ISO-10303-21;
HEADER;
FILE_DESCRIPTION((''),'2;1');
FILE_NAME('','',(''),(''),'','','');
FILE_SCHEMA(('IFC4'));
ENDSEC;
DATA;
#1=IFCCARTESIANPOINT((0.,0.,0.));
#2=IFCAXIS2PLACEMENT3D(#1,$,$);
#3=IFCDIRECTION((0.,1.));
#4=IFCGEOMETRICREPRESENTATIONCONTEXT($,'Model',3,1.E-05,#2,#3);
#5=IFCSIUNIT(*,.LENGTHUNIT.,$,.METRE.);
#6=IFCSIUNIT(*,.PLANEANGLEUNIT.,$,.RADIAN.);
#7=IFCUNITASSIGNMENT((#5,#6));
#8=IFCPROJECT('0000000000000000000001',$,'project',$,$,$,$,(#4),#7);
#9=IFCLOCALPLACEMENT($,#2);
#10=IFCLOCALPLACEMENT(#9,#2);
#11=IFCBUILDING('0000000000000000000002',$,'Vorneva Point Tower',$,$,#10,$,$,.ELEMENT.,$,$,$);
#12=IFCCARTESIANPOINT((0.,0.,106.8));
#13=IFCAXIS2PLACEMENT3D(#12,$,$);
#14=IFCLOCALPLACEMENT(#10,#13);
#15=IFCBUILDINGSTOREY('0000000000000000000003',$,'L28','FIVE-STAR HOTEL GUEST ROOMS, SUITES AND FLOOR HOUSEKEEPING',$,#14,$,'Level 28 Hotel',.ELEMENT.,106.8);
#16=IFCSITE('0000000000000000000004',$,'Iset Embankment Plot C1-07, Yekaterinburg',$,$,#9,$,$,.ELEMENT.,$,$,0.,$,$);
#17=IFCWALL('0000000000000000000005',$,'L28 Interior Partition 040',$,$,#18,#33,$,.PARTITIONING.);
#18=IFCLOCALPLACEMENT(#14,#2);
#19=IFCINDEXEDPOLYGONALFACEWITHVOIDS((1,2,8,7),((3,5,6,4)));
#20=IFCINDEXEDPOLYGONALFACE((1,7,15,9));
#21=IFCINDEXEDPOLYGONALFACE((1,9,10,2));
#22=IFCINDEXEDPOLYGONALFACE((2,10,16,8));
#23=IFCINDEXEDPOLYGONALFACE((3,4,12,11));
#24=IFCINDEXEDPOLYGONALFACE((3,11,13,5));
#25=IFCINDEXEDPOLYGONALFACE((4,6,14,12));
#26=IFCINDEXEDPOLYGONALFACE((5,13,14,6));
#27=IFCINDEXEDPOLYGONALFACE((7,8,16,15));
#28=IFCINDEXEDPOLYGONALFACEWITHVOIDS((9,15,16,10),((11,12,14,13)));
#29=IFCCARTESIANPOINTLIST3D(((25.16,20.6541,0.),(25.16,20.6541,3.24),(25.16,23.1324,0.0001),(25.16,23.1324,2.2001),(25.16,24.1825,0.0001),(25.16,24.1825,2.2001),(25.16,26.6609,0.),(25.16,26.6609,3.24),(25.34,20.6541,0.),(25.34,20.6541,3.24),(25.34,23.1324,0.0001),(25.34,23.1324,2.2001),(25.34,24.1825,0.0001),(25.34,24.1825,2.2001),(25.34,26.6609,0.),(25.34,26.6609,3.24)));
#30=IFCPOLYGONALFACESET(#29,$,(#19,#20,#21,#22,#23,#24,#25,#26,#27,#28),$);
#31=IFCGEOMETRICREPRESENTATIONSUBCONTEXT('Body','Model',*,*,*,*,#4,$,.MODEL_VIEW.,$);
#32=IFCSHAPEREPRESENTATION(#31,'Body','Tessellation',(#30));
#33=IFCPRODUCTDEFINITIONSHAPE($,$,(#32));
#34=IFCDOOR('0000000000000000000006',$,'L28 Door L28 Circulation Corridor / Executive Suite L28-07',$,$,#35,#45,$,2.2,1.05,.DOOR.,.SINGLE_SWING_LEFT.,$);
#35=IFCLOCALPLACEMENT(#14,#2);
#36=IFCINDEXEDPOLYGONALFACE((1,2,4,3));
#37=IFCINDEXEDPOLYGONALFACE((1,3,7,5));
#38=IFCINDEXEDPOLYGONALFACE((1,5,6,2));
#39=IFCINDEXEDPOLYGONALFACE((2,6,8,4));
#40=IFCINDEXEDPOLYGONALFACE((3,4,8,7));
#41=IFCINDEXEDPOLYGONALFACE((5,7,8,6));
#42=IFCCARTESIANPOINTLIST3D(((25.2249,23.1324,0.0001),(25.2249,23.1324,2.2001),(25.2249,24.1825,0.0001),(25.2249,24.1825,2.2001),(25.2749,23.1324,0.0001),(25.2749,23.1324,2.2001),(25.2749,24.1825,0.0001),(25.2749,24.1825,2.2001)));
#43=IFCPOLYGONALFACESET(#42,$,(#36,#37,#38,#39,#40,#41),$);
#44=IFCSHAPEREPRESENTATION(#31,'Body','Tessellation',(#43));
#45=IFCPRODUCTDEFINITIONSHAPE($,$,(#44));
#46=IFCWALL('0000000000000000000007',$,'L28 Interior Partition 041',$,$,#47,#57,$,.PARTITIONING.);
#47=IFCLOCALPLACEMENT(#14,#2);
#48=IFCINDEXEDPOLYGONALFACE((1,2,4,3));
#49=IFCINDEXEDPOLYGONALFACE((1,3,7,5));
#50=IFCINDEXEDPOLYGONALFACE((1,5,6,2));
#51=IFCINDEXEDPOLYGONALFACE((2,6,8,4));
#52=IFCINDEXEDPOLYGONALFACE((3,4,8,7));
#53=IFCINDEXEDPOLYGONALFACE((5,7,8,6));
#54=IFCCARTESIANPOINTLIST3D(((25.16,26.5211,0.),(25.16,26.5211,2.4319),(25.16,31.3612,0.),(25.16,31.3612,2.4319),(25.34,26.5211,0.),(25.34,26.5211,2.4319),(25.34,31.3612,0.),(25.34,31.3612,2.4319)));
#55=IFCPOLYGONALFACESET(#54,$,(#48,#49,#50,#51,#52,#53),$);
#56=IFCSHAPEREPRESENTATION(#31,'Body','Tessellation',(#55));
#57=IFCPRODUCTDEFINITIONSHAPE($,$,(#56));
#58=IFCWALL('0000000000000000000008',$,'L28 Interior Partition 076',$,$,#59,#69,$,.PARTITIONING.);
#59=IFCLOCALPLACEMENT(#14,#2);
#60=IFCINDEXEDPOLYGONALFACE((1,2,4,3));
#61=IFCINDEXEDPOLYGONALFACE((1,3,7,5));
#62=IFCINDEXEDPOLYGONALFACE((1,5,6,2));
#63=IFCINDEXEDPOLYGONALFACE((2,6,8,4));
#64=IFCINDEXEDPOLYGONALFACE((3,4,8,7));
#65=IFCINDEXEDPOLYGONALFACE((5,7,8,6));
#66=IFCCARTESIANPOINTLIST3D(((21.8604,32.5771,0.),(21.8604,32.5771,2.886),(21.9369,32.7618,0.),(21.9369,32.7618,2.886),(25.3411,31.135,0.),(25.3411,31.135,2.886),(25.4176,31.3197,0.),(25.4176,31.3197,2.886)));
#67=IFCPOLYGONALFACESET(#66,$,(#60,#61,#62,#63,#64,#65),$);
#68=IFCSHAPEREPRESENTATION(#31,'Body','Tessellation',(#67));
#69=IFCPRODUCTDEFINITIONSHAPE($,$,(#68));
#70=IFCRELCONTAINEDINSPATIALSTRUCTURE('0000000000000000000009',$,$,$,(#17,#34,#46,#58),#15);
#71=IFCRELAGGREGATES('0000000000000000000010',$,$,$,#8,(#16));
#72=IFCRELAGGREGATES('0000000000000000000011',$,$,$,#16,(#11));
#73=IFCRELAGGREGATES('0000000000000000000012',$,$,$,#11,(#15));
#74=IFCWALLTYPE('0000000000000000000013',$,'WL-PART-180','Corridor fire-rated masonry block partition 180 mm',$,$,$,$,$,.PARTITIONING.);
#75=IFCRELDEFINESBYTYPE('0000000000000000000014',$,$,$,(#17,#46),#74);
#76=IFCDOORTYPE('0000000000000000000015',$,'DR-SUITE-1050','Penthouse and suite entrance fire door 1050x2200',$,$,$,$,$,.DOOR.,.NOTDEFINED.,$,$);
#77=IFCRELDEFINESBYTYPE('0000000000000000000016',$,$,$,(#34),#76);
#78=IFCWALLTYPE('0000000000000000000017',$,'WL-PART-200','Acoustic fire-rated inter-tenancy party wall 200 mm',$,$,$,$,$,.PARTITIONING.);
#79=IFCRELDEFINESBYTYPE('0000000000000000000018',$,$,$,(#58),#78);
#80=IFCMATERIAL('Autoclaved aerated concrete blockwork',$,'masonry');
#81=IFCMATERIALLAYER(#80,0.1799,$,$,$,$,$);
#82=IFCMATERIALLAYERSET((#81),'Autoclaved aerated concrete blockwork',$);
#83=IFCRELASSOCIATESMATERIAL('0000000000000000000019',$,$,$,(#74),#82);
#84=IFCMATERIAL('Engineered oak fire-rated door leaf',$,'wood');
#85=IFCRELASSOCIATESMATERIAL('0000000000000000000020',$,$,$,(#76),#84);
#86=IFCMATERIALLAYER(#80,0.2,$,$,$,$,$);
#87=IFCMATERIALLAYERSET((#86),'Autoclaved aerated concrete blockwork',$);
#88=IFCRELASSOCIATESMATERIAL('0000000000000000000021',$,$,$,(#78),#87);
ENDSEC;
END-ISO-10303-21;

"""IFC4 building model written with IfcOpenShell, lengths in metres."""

from ifc_helpers import new_model, si_unit, direction, frame, frame_2d, origin, place, context, subcontext, project, spatial, rectangle, extrude, material, layer, layer_set, type_object, element, fill, save


model = new_model("IFC4")

# Units and contexts
model_context = context("Model", 3, precision=1e-05, world=origin(), true_north=direction((0.0, 1.0)))
body_context = subcontext(model_context, "Body", "Model", "MODEL_VIEW")
ifc_project = project(units=[si_unit("LENGTHUNIT", "METRE"), si_unit("PLANEANGLEUNIT", "RADIAN")], contexts=[model_context])

# Site, building, storey
site_placement = place(None, origin())
site = spatial("IfcSite", under=ifc_project, at=site_placement, Name="Iset Embankment Plot C1-07, Yekaterinburg", CompositionType="ELEMENT", RefElevation=0.0)
building_placement = place(site_placement, origin())
building = spatial("IfcBuilding", under=site, at=building_placement, Name="Vorneva Point Tower", CompositionType="ELEMENT")
storey_placement = place(building_placement, frame((0.0, 0.0, 106.8)))
storey = spatial("IfcBuildingStorey", under=building, at=storey_placement, Name="L28", Description="FIVE-STAR HOTEL GUEST ROOMS, SUITES AND FLOOR HOUSEKEEPING", LongName="Level 28 Hotel", CompositionType="ELEMENT", Elevation=106.8)

# Shared definitions
ifc_material_1 = material(Name="Engineered oak fire-rated door leaf", Category="wood")

# Wall, opening, door
ifc_material_2 = material(Name="Autoclaved aerated concrete blockwork", Category="masonry")
ifc_layer_1 = layer(ifc_material_2, 0.1799)
ifc_layer_set_1 = layer_set([ifc_layer_1], Name="Autoclaved aerated concrete blockwork")
wall_type_1 = type_object("IfcWallType", Name="WL-PART-180", Description="Corridor fire-rated masonry block partition 180 mm", PredefinedType="PARTITIONING", material=ifc_layer_set_1)
wall_1_placement = place(storey_placement, frame((25.25, 26.6609, 0.0), z_axis=(0.0, 0.0, 1.0), x_axis=(0.0, -1.0, 0.0)))
wall_1 = element("IfcWall", 1, at=wall_1_placement, inside=storey, type_object=wall_type_1, Name="L28 Interior Partition 040", PredefinedType="PARTITIONING", context=body_context, shape_type="SweptSolid", body=[
    extrude(rectangle(XDim=6.0068, YDim=0.1799, at=frame_2d((3.0034, 0.0))), origin(), (0.0, 0.0, 1.0), 3.24),
])
opening_1_placement = place(wall_1_placement, frame((2.4785, 0.0, 0.0)))
opening_1 = element("IfcOpeningElement", 2, at=opening_1_placement, cuts=wall_1, PredefinedType="OPENING", context=body_context, shape_type="SweptSolid", body=[
    extrude(rectangle(XDim=1.05, YDim=2.2, at=frame_2d((0.5249, 1.1001))), frame((0.0, 0.105, 0.0), z_axis=(0.0, -1.0, 0.0), x_axis=(1.0, 0.0, 0.0)), (0.0, 0.0, 1.0), 0.2097),
])
door_type_1 = type_object("IfcDoorType", Name="DR-SUITE-1050", Description="Penthouse and suite entrance fire door 1050x2200", OperationType="NOTDEFINED", PredefinedType="DOOR", material=ifc_material_1)
door_1_placement = place(opening_1_placement, origin())
door_1 = element("IfcDoor", 3, at=door_1_placement, inside=storey, type_object=door_type_1, Name="L28 Door L28 Circulation Corridor / Executive Suite L28-07", OperationType="SINGLE_SWING_LEFT", OverallHeight=2.2, OverallWidth=1.05, PredefinedType="DOOR", context=body_context, shape_type="SweptSolid", body=[
    extrude(rectangle(XDim=1.05, YDim=2.2, at=frame_2d((0.5249, 1.1001))), frame((0.0, 0.0249, 0.0), z_axis=(0.0, -1.0, 0.0), x_axis=(1.0, 0.0, 0.0)), (0.0, 0.0, 1.0), 0.05),
])
fill(opening_1, door_1)

# Walls
wall_2_placement = place(storey_placement, frame((25.25, 31.3611, 0.0), z_axis=(0.0, 0.0, 1.0), x_axis=(0.0, -1.0, 0.0)))
element("IfcWall", 4, at=wall_2_placement, inside=storey, type_object=wall_type_1, Name="L28 Interior Partition 041", PredefinedType="PARTITIONING", context=body_context, shape_type="SweptSolid", body=[
    extrude(rectangle(XDim=4.8401, YDim=0.1799, at=frame_2d((2.4199, 0.0))), origin(), (0.0, 0.0, 1.0), 2.4319),
])
ifc_layer_2 = layer(ifc_material_2, 0.2)
ifc_layer_set_2 = layer_set([ifc_layer_2], Name="Autoclaved aerated concrete blockwork")
wall_type_2 = type_object("IfcWallType", Name="WL-PART-200", Description="Acoustic fire-rated inter-tenancy party wall 200 mm", PredefinedType="PARTITIONING", material=ifc_layer_set_2)
wall_3_placement = place(storey_placement, frame((21.8987, 32.6694, 0.0), z_axis=(0.0, 0.0, 1.0), x_axis=(0.923844, -0.38277, 0.0)))
element("IfcWall", 5, at=wall_3_placement, inside=storey, type_object=wall_type_2, Name="L28 Interior Partition 076", PredefinedType="PARTITIONING", context=body_context, shape_type="SweptSolid", body=[
    extrude(rectangle(XDim=3.7676, YDim=0.2, at=frame_2d((1.8838, 0.0))), origin(), (0.0, 0.0, 1.0), 2.886),
])

save(model, "model.ifc")
